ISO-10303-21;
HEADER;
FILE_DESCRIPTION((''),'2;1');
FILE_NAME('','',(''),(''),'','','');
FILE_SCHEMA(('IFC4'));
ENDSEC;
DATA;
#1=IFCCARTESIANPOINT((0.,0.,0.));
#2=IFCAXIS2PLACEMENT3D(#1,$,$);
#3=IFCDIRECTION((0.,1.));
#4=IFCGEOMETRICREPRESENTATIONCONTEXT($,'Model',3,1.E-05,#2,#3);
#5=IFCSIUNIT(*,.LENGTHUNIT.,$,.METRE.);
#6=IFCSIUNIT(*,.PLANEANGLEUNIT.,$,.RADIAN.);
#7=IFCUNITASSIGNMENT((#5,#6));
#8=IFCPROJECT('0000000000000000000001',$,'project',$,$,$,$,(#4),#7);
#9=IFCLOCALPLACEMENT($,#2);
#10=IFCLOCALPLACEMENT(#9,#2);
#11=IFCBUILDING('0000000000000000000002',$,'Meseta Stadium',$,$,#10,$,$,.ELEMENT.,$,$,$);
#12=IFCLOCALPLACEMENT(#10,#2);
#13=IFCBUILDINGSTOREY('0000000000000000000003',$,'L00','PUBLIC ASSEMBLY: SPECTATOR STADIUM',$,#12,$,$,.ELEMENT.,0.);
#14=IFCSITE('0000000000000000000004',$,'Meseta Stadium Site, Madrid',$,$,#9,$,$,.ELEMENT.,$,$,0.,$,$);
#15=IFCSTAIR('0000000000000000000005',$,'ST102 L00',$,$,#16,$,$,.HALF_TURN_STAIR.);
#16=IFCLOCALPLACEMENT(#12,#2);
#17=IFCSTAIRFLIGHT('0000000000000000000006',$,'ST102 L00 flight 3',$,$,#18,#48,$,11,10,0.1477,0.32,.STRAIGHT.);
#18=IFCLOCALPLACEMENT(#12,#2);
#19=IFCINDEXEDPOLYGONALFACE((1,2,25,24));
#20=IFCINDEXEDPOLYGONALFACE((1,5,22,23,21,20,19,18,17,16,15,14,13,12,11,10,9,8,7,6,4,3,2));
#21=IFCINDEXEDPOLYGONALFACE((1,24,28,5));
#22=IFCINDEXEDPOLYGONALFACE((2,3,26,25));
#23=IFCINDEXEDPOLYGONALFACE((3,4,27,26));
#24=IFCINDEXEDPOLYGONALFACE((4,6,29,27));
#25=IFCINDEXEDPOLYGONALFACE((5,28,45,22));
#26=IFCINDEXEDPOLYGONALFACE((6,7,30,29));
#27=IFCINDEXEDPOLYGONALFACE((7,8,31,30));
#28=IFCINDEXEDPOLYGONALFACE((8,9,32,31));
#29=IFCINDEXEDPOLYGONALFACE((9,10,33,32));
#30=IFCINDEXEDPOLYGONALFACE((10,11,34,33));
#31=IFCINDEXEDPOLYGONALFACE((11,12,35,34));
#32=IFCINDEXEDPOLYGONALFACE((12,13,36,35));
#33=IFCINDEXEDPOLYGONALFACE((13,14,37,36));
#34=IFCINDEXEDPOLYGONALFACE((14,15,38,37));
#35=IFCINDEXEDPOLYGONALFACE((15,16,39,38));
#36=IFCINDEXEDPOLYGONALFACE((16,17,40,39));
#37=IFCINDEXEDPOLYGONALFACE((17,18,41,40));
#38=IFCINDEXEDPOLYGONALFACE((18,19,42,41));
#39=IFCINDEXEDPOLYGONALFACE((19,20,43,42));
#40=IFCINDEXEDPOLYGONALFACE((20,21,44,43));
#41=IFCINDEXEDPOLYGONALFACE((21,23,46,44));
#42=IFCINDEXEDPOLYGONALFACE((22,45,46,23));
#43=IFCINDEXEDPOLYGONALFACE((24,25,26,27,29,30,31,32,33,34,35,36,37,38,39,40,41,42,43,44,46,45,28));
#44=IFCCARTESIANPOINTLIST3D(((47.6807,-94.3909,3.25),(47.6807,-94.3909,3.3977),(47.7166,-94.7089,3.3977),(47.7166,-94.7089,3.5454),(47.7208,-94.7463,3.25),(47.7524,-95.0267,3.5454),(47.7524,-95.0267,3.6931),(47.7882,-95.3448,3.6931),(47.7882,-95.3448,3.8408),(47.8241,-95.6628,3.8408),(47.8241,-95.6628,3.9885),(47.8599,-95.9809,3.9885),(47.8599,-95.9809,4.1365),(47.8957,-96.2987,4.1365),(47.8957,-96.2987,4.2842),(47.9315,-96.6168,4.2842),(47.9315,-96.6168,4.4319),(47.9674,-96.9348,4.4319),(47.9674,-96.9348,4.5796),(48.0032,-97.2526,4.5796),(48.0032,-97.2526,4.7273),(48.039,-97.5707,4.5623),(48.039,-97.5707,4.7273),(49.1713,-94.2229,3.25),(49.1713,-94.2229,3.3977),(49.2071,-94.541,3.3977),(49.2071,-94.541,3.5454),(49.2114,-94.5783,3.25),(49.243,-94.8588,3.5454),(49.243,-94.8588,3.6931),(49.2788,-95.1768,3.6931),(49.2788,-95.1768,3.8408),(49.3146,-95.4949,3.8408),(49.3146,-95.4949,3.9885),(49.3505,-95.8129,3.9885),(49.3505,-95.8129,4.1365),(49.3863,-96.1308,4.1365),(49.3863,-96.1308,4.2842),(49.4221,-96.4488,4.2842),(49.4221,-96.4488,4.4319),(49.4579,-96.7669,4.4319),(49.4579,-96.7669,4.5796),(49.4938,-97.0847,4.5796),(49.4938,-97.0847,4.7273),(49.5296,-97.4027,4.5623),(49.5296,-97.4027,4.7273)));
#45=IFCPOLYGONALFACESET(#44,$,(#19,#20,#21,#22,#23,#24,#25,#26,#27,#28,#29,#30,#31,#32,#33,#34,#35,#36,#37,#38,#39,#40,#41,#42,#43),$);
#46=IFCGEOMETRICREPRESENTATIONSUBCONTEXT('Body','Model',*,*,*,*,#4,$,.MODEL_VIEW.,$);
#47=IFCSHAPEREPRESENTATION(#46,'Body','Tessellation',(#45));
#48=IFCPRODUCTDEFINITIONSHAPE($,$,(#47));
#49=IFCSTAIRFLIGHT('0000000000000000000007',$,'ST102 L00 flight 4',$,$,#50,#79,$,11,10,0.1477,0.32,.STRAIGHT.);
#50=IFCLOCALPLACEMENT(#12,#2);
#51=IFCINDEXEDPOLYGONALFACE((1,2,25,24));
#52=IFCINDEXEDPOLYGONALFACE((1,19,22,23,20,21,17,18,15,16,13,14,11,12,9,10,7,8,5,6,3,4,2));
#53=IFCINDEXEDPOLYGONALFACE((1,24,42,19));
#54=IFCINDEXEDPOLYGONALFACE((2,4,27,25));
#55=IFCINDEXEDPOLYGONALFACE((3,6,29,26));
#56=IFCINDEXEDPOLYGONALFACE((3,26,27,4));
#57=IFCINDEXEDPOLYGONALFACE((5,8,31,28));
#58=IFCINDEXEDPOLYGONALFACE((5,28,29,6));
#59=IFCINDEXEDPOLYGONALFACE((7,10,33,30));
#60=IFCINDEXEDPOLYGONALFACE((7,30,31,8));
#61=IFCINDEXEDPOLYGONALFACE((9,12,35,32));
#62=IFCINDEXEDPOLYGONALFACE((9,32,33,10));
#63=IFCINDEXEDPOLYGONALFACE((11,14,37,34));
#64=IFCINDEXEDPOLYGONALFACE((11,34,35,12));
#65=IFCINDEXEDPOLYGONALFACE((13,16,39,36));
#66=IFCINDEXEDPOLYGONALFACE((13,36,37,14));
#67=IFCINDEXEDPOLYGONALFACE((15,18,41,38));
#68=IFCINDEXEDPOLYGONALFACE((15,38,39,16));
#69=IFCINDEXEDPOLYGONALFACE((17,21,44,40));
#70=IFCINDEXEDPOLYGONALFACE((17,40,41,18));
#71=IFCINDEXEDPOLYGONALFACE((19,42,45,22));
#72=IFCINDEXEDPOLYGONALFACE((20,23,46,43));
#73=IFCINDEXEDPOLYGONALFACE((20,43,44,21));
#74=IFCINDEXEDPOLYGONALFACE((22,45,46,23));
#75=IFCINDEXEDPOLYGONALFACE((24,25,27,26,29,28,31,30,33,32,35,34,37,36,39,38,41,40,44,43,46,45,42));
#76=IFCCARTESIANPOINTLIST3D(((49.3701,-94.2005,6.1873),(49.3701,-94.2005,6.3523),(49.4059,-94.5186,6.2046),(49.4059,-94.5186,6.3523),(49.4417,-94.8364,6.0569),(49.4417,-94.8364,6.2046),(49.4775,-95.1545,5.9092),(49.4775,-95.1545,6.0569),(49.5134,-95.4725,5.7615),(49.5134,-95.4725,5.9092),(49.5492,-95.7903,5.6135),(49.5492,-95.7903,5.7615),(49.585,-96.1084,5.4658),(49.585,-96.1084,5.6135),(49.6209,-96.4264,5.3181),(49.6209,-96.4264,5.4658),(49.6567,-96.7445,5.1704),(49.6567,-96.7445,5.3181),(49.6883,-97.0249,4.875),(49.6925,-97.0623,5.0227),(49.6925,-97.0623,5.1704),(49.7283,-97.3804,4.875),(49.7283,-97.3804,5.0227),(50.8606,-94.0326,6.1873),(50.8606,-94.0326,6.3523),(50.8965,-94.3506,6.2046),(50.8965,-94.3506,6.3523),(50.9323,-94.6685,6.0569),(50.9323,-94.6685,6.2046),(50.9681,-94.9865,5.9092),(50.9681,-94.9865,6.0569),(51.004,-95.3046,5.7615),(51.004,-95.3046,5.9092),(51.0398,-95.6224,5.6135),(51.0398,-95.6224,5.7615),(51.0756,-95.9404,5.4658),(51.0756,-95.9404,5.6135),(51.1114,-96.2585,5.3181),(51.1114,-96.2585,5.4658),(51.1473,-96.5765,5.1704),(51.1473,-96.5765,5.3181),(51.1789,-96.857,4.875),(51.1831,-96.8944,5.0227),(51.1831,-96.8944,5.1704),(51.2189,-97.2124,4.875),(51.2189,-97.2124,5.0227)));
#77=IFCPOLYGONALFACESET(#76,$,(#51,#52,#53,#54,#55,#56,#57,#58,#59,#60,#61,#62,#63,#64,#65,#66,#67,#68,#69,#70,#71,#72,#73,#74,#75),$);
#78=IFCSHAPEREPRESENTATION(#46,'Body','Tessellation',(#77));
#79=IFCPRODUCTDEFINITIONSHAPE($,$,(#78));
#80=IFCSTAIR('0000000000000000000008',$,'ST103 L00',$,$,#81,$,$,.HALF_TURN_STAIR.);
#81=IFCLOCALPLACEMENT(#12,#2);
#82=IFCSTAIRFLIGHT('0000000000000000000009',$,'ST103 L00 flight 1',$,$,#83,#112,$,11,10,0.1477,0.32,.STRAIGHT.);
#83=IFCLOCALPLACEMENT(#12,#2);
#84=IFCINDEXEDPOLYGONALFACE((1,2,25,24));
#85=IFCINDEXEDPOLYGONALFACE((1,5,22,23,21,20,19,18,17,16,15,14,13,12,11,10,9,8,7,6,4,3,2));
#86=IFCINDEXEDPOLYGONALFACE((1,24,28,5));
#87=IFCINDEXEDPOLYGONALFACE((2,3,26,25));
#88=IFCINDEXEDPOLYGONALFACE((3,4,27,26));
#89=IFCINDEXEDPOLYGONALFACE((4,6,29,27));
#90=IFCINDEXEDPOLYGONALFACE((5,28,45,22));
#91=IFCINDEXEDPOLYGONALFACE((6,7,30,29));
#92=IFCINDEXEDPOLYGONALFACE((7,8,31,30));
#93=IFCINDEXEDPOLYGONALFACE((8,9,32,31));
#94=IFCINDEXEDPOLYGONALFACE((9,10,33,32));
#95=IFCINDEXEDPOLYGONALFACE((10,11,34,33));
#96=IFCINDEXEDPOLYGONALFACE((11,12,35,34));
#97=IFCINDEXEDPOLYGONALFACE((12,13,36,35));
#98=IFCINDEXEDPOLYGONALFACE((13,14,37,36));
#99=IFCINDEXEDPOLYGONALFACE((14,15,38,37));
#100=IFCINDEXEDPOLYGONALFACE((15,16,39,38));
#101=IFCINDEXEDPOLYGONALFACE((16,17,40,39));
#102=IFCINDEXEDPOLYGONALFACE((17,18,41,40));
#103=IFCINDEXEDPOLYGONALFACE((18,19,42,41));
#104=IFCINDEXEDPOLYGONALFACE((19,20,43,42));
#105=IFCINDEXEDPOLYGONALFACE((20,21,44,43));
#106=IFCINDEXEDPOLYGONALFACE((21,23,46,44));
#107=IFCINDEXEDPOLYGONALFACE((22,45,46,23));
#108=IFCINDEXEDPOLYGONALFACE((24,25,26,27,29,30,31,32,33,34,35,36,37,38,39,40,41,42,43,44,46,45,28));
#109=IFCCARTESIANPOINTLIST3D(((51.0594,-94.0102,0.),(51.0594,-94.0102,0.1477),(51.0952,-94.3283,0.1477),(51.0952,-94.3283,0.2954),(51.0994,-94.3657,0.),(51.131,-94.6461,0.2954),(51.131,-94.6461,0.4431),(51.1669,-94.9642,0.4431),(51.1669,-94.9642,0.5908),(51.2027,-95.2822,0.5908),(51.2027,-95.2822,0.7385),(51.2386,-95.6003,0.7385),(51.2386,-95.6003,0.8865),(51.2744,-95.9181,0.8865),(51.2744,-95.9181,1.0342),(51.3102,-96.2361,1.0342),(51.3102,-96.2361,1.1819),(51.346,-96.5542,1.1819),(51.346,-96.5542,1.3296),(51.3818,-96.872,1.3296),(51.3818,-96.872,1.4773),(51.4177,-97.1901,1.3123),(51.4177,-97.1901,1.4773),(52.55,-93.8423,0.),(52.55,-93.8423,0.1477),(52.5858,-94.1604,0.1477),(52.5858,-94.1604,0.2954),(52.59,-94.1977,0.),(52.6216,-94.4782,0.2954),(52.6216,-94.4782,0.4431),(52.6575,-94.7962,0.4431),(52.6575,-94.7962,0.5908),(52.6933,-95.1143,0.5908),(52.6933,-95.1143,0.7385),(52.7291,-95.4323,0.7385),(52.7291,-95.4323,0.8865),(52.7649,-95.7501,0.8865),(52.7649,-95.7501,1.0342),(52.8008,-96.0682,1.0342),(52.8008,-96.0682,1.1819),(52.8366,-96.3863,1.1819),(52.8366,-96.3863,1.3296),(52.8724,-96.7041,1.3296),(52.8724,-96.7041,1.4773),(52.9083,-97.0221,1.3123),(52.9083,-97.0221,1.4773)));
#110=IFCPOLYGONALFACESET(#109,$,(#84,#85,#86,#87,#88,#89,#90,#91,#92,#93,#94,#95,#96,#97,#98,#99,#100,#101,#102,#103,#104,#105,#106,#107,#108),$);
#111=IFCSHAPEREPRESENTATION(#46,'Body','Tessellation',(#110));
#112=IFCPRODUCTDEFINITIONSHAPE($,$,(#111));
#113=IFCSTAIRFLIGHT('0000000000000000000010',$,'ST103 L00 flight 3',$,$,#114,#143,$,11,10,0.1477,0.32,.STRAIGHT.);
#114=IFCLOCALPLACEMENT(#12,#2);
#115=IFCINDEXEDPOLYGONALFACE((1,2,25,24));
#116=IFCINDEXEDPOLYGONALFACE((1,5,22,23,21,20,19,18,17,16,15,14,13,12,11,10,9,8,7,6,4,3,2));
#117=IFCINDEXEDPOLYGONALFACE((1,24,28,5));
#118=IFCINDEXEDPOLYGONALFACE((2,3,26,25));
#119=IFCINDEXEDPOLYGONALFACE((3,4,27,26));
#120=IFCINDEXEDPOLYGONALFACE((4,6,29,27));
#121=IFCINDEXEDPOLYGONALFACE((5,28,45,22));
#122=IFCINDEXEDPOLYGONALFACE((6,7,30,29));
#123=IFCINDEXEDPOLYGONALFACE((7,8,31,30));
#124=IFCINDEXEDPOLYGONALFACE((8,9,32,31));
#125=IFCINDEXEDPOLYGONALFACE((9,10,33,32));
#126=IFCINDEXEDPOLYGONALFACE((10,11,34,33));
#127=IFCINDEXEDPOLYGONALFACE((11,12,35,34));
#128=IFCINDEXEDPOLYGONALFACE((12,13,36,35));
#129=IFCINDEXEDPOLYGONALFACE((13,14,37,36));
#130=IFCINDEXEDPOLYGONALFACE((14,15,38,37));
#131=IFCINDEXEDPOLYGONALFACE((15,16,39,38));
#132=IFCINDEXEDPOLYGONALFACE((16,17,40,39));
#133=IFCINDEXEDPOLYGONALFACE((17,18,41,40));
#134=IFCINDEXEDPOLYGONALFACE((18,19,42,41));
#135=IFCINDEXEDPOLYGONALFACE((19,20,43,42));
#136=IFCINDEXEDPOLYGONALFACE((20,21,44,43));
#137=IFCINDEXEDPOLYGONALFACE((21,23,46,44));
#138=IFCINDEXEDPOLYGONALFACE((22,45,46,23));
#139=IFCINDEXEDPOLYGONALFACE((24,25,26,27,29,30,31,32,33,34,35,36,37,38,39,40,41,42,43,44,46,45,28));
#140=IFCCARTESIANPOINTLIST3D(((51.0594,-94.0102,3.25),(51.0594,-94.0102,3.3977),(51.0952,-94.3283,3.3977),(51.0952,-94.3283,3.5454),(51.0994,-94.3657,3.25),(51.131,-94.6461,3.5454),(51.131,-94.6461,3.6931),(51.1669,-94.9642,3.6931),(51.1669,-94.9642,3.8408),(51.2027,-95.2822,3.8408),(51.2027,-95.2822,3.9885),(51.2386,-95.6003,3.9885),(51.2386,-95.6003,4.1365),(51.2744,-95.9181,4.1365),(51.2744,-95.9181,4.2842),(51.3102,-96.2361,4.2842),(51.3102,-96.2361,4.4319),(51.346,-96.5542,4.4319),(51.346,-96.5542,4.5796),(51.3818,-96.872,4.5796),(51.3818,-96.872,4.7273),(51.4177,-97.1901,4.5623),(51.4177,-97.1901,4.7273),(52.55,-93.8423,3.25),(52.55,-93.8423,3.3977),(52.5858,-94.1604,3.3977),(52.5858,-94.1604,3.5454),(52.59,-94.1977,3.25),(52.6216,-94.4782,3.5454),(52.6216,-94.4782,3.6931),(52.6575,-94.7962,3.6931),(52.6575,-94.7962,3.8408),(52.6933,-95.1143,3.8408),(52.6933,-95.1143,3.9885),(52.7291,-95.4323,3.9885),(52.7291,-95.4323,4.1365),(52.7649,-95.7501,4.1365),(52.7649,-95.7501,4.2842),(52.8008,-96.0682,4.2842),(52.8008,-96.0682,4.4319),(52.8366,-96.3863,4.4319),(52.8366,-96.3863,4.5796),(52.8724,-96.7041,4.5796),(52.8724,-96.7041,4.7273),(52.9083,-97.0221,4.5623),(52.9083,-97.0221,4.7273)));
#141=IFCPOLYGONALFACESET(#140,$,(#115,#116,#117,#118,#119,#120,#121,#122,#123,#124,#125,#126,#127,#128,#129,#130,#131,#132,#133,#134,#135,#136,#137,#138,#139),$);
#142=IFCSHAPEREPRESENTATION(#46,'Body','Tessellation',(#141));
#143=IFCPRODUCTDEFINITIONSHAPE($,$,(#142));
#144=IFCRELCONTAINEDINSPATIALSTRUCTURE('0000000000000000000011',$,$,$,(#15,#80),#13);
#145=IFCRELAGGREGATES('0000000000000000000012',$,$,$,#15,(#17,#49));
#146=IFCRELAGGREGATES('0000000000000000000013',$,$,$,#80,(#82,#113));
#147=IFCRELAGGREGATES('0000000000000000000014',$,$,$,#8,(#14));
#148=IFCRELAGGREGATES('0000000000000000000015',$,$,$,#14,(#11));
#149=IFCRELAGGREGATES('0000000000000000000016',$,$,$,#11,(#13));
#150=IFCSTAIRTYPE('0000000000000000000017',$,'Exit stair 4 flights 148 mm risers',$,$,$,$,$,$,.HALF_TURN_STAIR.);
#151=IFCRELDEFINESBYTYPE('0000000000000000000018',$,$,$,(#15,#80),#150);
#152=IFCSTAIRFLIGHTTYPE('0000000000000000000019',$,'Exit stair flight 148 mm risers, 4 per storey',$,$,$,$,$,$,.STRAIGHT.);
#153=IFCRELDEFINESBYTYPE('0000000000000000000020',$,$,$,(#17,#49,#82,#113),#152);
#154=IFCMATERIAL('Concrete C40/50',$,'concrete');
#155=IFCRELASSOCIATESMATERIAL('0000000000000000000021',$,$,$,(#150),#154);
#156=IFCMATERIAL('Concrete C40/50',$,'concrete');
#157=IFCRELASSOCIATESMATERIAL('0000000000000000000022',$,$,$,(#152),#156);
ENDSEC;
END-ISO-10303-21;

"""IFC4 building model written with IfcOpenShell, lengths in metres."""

from ifc_helpers import new_model, si_unit, direction, frame, origin, place, context, subcontext, project, spatial, polyline, outline, extrude, material, type_object, element, aggregate, save


model = new_model("IFC4")

# Units and contexts
model_context = context("Model", 3, precision=1e-05, world=origin(), true_north=direction((0.0, 1.0)))
body_context = subcontext(model_context, "Body", "Model", "MODEL_VIEW")
ifc_project = project(units=[si_unit("LENGTHUNIT", "METRE"), si_unit("PLANEANGLEUNIT", "RADIAN")], contexts=[model_context])

# Site, building, storey
site_placement = place(None, origin())
site = spatial("IfcSite", under=ifc_project, at=site_placement, Name="Meseta Stadium Site, Madrid", CompositionType="ELEMENT", RefElevation=0.0)
building_placement = place(site_placement, origin())
building = spatial("IfcBuilding", under=site, at=building_placement, Name="Meseta Stadium", CompositionType="ELEMENT")
storey_placement = place(building_placement, origin())
storey = spatial("IfcBuildingStorey", under=building, at=storey_placement, Name="L00", Description="PUBLIC ASSEMBLY: SPECTATOR STADIUM", CompositionType="ELEMENT", Elevation=0.0)

# Stairs, stair flights
ifc_material_1 = material(Name="Concrete C40/50", Category="concrete")
stair_type = type_object("IfcStairType", Name="Exit stair 4 flights 148 mm risers", PredefinedType="HALF_TURN_STAIR", material=ifc_material_1)
ifc_material_2 = material(Name="Concrete C40/50", Category="concrete")
stair_flight_type = type_object("IfcStairFlightType", Name="Exit stair flight 148 mm risers, 4 per storey", PredefinedType="STRAIGHT", material=ifc_material_2)
stair_1_placement = place(storey_placement, origin())
stair_1 = element("IfcStair", 1, at=stair_1_placement, inside=storey, type_object=stair_type, Name="ST102 L00", PredefinedType="HALF_TURN_STAIR")
stair_flight_1_placement = place(storey_placement, frame((48.426, -94.3069, 3.25), z_axis=(0.0, 0.0, 1.0), x_axis=(0.111964, -0.993712, 0.0)))
stair_flight_1 = element("IfcStairFlight", 2, at=stair_flight_1_placement, type_object=stair_flight_type, Name="ST102 L00 flight 3", NumberOfRisers=11, NumberOfTreads=10, PredefinedType="STRAIGHT", RiserHeight=0.1477, TreadLength=0.32, context=body_context, shape_type="SweptSolid", body=[
    extrude(outline(polyline([(0.0, 0.0), (0.0, 0.1477), (0.3201, 0.1477), (0.3201, 0.2954), (0.6399, 0.2954), (0.6399, 0.4431), (0.96, 0.4431), (0.96, 0.5908), (1.28, 0.5908), (1.28, 0.7385), (1.6001, 0.7385), (1.6001, 0.8865), (1.9199, 0.8865), (1.9199, 1.0342), (2.24, 1.0342), (2.24, 1.1819), (2.5601, 1.1819), (2.5601, 1.3296), (2.8799, 1.3296), (2.8799, 1.4773), (3.2, 1.4773), (3.2, 1.3123), (0.3577, 0.0), (0.0, 0.0)])), frame((0.0, 0.75, 0.0), z_axis=(0.0, -1.0, 0.0), x_axis=(1.0, 0.0, 0.0)), (0.0, 0.0, 1.0), 1.5),
])
stair_flight_2_placement = place(storey_placement, frame((50.4736, -97.2964, 4.875), z_axis=(0.0, 0.0, 1.0), x_axis=(-0.111964, 0.993712, 0.0)))
stair_flight_2 = element("IfcStairFlight", 3, at=stair_flight_2_placement, type_object=stair_flight_type, Name="ST102 L00 flight 4", NumberOfRisers=11, NumberOfTreads=10, PredefinedType="STRAIGHT", RiserHeight=0.1477, TreadLength=0.32, context=body_context, shape_type="SweptSolid", body=[
    extrude(outline(polyline([(0.0, 0.0), (0.0, 0.1477), (0.3201, 0.1477), (0.3201, 0.2954), (0.6399, 0.2954), (0.6399, 0.4431), (0.96, 0.4431), (0.96, 0.5908), (1.28, 0.5908), (1.28, 0.7385), (1.6001, 0.7385), (1.6001, 0.8865), (1.9199, 0.8865), (1.9199, 1.0342), (2.24, 1.0342), (2.24, 1.1819), (2.5601, 1.1819), (2.5601, 1.3296), (2.8799, 1.3296), (2.8799, 1.4773), (3.2, 1.4773), (3.2, 1.3123), (0.3577, 0.0), (0.0, 0.0)])), frame((0.0, 0.75, 0.0), z_axis=(0.0, -1.0, 0.0), x_axis=(1.0, 0.0, 0.0)), (0.0, 0.0, 1.0), 1.5),
])
aggregate(stair_1, [stair_flight_1, stair_flight_2])
stair_2_placement = place(storey_placement, origin())
stair_2 = element("IfcStair", 4, at=stair_2_placement, inside=storey, type_object=stair_type, Name="ST103 L00", PredefinedType="HALF_TURN_STAIR")
stair_flight_3_placement = place(storey_placement, frame((51.8047, -93.9263, 0.0), z_axis=(0.0, 0.0, 1.0), x_axis=(0.111964, -0.993712, 0.0)))
stair_flight_3 = element("IfcStairFlight", 5, at=stair_flight_3_placement, type_object=stair_flight_type, Name="ST103 L00 flight 1", NumberOfRisers=11, NumberOfTreads=10, PredefinedType="STRAIGHT", RiserHeight=0.1477, TreadLength=0.32, context=body_context, shape_type="SweptSolid", body=[
    extrude(outline(polyline([(0.0, 0.0), (0.0, 0.1477), (0.3201, 0.1477), (0.3201, 0.2954), (0.6399, 0.2954), (0.6399, 0.4431), (0.96, 0.4431), (0.96, 0.5908), (1.28, 0.5908), (1.28, 0.7385), (1.6001, 0.7385), (1.6001, 0.8865), (1.9199, 0.8865), (1.9199, 1.0342), (2.24, 1.0342), (2.24, 1.1819), (2.5601, 1.1819), (2.5601, 1.3296), (2.8799, 1.3296), (2.8799, 1.4773), (3.2, 1.4773), (3.2, 1.3123), (0.3577, 0.0), (0.0, 0.0)])), frame((0.0, 0.75, 0.0), z_axis=(0.0, -1.0, 0.0), x_axis=(1.0, 0.0, 0.0)), (0.0, 0.0, 1.0), 1.5),
])
stair_flight_4_placement = place(storey_placement, frame((51.8047, -93.9263, 3.25), z_axis=(0.0, 0.0, 1.0), x_axis=(0.111964, -0.993712, 0.0)))
stair_flight_4 = element("IfcStairFlight", 6, at=stair_flight_4_placement, type_object=stair_flight_type, Name="ST103 L00 flight 3", NumberOfRisers=11, NumberOfTreads=10, PredefinedType="STRAIGHT", RiserHeight=0.1477, TreadLength=0.32, context=body_context, shape_type="SweptSolid", body=[
    extrude(outline(polyline([(0.0, 0.0), (0.0, 0.1477), (0.3201, 0.1477), (0.3201, 0.2954), (0.6399, 0.2954), (0.6399, 0.4431), (0.96, 0.4431), (0.96, 0.5908), (1.28, 0.5908), (1.28, 0.7385), (1.6001, 0.7385), (1.6001, 0.8865), (1.9199, 0.8865), (1.9199, 1.0342), (2.24, 1.0342), (2.24, 1.1819), (2.5601, 1.1819), (2.5601, 1.3296), (2.8799, 1.3296), (2.8799, 1.4773), (3.2, 1.4773), (3.2, 1.3123), (0.3577, 0.0), (0.0, 0.0)])), frame((0.0, 0.75, 0.0), z_axis=(0.0, -1.0, 0.0), x_axis=(1.0, 0.0, 0.0)), (0.0, 0.0, 1.0), 1.5),
])
aggregate(stair_2, [stair_flight_3, stair_flight_4])

save(model, "model.ifc")
